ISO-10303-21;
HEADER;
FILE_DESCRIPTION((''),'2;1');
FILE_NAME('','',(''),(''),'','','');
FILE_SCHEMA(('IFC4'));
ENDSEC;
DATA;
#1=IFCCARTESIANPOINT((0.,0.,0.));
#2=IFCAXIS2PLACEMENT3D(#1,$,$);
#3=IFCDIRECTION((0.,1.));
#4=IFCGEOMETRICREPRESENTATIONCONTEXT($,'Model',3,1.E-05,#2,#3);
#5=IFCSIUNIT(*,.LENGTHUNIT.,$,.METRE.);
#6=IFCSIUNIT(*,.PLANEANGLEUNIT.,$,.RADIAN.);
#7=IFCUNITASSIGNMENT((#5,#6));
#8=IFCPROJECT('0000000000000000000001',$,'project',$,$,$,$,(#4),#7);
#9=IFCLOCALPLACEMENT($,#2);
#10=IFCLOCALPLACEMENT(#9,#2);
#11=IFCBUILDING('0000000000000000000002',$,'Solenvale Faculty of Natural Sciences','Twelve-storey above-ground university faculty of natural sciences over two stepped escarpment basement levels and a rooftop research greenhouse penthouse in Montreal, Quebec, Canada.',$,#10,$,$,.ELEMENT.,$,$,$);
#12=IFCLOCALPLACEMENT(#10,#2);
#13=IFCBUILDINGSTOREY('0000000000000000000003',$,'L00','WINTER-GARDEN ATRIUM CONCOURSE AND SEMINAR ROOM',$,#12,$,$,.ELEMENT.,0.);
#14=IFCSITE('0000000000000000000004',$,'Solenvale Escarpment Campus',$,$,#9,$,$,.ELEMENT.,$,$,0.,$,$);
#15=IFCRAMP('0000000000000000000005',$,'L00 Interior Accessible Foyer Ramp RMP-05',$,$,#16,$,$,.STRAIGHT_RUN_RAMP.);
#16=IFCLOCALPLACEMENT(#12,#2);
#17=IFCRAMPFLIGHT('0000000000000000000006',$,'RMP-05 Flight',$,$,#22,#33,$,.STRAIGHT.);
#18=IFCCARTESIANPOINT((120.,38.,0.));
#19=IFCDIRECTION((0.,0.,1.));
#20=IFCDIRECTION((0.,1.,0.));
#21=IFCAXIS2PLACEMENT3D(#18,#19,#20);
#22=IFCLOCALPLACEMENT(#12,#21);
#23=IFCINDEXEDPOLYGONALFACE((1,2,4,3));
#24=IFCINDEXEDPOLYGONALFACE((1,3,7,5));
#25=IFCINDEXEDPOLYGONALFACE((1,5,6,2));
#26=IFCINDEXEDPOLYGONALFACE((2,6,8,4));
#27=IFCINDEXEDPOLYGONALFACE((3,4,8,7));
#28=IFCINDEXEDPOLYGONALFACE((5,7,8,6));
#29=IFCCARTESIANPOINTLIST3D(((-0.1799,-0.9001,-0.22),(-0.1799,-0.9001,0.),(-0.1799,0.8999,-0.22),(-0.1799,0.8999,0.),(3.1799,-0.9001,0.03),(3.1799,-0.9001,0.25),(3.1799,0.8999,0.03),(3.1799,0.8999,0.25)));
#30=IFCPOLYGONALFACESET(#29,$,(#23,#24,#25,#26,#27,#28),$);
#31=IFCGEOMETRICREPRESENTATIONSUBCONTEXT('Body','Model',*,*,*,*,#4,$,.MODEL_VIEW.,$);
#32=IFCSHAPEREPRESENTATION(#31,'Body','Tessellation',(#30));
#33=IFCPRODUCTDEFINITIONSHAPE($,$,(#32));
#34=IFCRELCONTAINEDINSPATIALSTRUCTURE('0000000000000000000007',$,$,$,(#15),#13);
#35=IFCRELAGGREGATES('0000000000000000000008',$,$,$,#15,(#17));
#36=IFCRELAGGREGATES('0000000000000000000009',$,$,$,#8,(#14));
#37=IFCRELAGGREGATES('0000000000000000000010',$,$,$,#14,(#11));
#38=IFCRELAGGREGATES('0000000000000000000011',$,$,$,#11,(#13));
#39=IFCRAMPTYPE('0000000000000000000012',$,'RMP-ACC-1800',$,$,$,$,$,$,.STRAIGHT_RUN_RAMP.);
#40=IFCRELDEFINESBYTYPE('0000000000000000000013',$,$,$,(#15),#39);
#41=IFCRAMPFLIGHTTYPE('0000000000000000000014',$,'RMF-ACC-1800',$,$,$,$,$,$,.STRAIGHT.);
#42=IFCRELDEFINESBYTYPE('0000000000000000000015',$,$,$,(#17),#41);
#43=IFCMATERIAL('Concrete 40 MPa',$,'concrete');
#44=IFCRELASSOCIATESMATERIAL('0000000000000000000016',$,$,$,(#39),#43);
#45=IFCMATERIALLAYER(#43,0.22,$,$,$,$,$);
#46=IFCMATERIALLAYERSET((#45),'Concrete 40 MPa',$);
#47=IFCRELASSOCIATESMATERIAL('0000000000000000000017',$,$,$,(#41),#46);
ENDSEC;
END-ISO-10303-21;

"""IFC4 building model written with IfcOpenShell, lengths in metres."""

from ifc_helpers import new_model, si_unit, direction, frame, origin, place, context, subcontext, project, spatial, polyline, outline, extrude, material, layer, layer_set, type_object, element, aggregate, save


model = new_model("IFC4")

# Units and contexts
model_context = context("Model", 3, precision=1e-05, world=origin(), true_north=direction((0.0, 1.0)))
body_context = subcontext(model_context, "Body", "Model", "MODEL_VIEW")
ifc_project = project(units=[si_unit("LENGTHUNIT", "METRE"), si_unit("PLANEANGLEUNIT", "RADIAN")], contexts=[model_context])

# Site, building, storey
site_placement = place(None, origin())
site = spatial("IfcSite", under=ifc_project, at=site_placement, Name="Solenvale Escarpment Campus", CompositionType="ELEMENT", RefElevation=0.0)
building_placement = place(site_placement, origin())
building = spatial("IfcBuilding", under=site, at=building_placement, Name="Solenvale Faculty of Natural Sciences", Description="Twelve-storey above-ground university faculty of natural sciences over two stepped escarpment basement levels and a rooftop research greenhouse penthouse in Montreal, Quebec, Canada.", CompositionType="ELEMENT")
storey_placement = place(building_placement, origin())
storey = spatial("IfcBuildingStorey", under=building, at=storey_placement, Name="L00", Description="WINTER-GARDEN ATRIUM CONCOURSE AND SEMINAR ROOM", CompositionType="ELEMENT", Elevation=0.0)

# Shared definitions
ifc_material_1 = material(Name="Concrete 40 MPa", Category="concrete")

# Ramp, ramp flight
ramp_type = type_object("IfcRampType", Name="RMP-ACC-1800", PredefinedType="STRAIGHT_RUN_RAMP", material=ifc_material_1)
ramp_placement = place(storey_placement, origin())
ramp = element("IfcRamp", 1, at=ramp_placement, inside=storey, type_object=ramp_type, Name="L00 Interior Accessible Foyer Ramp RMP-05", PredefinedType="STRAIGHT_RUN_RAMP")
ifc_layer_1 = layer(ifc_material_1, 0.22)
ifc_layer_set_1 = layer_set([ifc_layer_1], Name="Concrete 40 MPa")
ramp_flight_type = type_object("IfcRampFlightType", Name="RMF-ACC-1800", PredefinedType="STRAIGHT", material=ifc_layer_set_1)
ramp_flight_placement = place(storey_placement, frame((120.0, 38.0, 0.0), z_axis=(0.0, 0.0, 1.0), x_axis=(0.0, 1.0, 0.0)))
ramp_flight = element("IfcRampFlight", 2, at=ramp_flight_placement, type_object=ramp_flight_type, Name="RMP-05 Flight", PredefinedType="STRAIGHT", context=body_context, shape_type="SweptSolid", body=[
    extrude(outline(polyline([(-0.1799, 0.0), (3.1799, 0.25), (3.1799, 0.03), (-0.1799, -0.22), (-0.1799, 0.0)])), frame((0.0, 0.8999, 0.0), z_axis=(0.0, -1.0, 0.0), x_axis=(1.0, 0.0, 0.0)), (0.0, 0.0, 1.0), 1.8),
])
aggregate(ramp, [ramp_flight])

save(model, "model.ifc")
